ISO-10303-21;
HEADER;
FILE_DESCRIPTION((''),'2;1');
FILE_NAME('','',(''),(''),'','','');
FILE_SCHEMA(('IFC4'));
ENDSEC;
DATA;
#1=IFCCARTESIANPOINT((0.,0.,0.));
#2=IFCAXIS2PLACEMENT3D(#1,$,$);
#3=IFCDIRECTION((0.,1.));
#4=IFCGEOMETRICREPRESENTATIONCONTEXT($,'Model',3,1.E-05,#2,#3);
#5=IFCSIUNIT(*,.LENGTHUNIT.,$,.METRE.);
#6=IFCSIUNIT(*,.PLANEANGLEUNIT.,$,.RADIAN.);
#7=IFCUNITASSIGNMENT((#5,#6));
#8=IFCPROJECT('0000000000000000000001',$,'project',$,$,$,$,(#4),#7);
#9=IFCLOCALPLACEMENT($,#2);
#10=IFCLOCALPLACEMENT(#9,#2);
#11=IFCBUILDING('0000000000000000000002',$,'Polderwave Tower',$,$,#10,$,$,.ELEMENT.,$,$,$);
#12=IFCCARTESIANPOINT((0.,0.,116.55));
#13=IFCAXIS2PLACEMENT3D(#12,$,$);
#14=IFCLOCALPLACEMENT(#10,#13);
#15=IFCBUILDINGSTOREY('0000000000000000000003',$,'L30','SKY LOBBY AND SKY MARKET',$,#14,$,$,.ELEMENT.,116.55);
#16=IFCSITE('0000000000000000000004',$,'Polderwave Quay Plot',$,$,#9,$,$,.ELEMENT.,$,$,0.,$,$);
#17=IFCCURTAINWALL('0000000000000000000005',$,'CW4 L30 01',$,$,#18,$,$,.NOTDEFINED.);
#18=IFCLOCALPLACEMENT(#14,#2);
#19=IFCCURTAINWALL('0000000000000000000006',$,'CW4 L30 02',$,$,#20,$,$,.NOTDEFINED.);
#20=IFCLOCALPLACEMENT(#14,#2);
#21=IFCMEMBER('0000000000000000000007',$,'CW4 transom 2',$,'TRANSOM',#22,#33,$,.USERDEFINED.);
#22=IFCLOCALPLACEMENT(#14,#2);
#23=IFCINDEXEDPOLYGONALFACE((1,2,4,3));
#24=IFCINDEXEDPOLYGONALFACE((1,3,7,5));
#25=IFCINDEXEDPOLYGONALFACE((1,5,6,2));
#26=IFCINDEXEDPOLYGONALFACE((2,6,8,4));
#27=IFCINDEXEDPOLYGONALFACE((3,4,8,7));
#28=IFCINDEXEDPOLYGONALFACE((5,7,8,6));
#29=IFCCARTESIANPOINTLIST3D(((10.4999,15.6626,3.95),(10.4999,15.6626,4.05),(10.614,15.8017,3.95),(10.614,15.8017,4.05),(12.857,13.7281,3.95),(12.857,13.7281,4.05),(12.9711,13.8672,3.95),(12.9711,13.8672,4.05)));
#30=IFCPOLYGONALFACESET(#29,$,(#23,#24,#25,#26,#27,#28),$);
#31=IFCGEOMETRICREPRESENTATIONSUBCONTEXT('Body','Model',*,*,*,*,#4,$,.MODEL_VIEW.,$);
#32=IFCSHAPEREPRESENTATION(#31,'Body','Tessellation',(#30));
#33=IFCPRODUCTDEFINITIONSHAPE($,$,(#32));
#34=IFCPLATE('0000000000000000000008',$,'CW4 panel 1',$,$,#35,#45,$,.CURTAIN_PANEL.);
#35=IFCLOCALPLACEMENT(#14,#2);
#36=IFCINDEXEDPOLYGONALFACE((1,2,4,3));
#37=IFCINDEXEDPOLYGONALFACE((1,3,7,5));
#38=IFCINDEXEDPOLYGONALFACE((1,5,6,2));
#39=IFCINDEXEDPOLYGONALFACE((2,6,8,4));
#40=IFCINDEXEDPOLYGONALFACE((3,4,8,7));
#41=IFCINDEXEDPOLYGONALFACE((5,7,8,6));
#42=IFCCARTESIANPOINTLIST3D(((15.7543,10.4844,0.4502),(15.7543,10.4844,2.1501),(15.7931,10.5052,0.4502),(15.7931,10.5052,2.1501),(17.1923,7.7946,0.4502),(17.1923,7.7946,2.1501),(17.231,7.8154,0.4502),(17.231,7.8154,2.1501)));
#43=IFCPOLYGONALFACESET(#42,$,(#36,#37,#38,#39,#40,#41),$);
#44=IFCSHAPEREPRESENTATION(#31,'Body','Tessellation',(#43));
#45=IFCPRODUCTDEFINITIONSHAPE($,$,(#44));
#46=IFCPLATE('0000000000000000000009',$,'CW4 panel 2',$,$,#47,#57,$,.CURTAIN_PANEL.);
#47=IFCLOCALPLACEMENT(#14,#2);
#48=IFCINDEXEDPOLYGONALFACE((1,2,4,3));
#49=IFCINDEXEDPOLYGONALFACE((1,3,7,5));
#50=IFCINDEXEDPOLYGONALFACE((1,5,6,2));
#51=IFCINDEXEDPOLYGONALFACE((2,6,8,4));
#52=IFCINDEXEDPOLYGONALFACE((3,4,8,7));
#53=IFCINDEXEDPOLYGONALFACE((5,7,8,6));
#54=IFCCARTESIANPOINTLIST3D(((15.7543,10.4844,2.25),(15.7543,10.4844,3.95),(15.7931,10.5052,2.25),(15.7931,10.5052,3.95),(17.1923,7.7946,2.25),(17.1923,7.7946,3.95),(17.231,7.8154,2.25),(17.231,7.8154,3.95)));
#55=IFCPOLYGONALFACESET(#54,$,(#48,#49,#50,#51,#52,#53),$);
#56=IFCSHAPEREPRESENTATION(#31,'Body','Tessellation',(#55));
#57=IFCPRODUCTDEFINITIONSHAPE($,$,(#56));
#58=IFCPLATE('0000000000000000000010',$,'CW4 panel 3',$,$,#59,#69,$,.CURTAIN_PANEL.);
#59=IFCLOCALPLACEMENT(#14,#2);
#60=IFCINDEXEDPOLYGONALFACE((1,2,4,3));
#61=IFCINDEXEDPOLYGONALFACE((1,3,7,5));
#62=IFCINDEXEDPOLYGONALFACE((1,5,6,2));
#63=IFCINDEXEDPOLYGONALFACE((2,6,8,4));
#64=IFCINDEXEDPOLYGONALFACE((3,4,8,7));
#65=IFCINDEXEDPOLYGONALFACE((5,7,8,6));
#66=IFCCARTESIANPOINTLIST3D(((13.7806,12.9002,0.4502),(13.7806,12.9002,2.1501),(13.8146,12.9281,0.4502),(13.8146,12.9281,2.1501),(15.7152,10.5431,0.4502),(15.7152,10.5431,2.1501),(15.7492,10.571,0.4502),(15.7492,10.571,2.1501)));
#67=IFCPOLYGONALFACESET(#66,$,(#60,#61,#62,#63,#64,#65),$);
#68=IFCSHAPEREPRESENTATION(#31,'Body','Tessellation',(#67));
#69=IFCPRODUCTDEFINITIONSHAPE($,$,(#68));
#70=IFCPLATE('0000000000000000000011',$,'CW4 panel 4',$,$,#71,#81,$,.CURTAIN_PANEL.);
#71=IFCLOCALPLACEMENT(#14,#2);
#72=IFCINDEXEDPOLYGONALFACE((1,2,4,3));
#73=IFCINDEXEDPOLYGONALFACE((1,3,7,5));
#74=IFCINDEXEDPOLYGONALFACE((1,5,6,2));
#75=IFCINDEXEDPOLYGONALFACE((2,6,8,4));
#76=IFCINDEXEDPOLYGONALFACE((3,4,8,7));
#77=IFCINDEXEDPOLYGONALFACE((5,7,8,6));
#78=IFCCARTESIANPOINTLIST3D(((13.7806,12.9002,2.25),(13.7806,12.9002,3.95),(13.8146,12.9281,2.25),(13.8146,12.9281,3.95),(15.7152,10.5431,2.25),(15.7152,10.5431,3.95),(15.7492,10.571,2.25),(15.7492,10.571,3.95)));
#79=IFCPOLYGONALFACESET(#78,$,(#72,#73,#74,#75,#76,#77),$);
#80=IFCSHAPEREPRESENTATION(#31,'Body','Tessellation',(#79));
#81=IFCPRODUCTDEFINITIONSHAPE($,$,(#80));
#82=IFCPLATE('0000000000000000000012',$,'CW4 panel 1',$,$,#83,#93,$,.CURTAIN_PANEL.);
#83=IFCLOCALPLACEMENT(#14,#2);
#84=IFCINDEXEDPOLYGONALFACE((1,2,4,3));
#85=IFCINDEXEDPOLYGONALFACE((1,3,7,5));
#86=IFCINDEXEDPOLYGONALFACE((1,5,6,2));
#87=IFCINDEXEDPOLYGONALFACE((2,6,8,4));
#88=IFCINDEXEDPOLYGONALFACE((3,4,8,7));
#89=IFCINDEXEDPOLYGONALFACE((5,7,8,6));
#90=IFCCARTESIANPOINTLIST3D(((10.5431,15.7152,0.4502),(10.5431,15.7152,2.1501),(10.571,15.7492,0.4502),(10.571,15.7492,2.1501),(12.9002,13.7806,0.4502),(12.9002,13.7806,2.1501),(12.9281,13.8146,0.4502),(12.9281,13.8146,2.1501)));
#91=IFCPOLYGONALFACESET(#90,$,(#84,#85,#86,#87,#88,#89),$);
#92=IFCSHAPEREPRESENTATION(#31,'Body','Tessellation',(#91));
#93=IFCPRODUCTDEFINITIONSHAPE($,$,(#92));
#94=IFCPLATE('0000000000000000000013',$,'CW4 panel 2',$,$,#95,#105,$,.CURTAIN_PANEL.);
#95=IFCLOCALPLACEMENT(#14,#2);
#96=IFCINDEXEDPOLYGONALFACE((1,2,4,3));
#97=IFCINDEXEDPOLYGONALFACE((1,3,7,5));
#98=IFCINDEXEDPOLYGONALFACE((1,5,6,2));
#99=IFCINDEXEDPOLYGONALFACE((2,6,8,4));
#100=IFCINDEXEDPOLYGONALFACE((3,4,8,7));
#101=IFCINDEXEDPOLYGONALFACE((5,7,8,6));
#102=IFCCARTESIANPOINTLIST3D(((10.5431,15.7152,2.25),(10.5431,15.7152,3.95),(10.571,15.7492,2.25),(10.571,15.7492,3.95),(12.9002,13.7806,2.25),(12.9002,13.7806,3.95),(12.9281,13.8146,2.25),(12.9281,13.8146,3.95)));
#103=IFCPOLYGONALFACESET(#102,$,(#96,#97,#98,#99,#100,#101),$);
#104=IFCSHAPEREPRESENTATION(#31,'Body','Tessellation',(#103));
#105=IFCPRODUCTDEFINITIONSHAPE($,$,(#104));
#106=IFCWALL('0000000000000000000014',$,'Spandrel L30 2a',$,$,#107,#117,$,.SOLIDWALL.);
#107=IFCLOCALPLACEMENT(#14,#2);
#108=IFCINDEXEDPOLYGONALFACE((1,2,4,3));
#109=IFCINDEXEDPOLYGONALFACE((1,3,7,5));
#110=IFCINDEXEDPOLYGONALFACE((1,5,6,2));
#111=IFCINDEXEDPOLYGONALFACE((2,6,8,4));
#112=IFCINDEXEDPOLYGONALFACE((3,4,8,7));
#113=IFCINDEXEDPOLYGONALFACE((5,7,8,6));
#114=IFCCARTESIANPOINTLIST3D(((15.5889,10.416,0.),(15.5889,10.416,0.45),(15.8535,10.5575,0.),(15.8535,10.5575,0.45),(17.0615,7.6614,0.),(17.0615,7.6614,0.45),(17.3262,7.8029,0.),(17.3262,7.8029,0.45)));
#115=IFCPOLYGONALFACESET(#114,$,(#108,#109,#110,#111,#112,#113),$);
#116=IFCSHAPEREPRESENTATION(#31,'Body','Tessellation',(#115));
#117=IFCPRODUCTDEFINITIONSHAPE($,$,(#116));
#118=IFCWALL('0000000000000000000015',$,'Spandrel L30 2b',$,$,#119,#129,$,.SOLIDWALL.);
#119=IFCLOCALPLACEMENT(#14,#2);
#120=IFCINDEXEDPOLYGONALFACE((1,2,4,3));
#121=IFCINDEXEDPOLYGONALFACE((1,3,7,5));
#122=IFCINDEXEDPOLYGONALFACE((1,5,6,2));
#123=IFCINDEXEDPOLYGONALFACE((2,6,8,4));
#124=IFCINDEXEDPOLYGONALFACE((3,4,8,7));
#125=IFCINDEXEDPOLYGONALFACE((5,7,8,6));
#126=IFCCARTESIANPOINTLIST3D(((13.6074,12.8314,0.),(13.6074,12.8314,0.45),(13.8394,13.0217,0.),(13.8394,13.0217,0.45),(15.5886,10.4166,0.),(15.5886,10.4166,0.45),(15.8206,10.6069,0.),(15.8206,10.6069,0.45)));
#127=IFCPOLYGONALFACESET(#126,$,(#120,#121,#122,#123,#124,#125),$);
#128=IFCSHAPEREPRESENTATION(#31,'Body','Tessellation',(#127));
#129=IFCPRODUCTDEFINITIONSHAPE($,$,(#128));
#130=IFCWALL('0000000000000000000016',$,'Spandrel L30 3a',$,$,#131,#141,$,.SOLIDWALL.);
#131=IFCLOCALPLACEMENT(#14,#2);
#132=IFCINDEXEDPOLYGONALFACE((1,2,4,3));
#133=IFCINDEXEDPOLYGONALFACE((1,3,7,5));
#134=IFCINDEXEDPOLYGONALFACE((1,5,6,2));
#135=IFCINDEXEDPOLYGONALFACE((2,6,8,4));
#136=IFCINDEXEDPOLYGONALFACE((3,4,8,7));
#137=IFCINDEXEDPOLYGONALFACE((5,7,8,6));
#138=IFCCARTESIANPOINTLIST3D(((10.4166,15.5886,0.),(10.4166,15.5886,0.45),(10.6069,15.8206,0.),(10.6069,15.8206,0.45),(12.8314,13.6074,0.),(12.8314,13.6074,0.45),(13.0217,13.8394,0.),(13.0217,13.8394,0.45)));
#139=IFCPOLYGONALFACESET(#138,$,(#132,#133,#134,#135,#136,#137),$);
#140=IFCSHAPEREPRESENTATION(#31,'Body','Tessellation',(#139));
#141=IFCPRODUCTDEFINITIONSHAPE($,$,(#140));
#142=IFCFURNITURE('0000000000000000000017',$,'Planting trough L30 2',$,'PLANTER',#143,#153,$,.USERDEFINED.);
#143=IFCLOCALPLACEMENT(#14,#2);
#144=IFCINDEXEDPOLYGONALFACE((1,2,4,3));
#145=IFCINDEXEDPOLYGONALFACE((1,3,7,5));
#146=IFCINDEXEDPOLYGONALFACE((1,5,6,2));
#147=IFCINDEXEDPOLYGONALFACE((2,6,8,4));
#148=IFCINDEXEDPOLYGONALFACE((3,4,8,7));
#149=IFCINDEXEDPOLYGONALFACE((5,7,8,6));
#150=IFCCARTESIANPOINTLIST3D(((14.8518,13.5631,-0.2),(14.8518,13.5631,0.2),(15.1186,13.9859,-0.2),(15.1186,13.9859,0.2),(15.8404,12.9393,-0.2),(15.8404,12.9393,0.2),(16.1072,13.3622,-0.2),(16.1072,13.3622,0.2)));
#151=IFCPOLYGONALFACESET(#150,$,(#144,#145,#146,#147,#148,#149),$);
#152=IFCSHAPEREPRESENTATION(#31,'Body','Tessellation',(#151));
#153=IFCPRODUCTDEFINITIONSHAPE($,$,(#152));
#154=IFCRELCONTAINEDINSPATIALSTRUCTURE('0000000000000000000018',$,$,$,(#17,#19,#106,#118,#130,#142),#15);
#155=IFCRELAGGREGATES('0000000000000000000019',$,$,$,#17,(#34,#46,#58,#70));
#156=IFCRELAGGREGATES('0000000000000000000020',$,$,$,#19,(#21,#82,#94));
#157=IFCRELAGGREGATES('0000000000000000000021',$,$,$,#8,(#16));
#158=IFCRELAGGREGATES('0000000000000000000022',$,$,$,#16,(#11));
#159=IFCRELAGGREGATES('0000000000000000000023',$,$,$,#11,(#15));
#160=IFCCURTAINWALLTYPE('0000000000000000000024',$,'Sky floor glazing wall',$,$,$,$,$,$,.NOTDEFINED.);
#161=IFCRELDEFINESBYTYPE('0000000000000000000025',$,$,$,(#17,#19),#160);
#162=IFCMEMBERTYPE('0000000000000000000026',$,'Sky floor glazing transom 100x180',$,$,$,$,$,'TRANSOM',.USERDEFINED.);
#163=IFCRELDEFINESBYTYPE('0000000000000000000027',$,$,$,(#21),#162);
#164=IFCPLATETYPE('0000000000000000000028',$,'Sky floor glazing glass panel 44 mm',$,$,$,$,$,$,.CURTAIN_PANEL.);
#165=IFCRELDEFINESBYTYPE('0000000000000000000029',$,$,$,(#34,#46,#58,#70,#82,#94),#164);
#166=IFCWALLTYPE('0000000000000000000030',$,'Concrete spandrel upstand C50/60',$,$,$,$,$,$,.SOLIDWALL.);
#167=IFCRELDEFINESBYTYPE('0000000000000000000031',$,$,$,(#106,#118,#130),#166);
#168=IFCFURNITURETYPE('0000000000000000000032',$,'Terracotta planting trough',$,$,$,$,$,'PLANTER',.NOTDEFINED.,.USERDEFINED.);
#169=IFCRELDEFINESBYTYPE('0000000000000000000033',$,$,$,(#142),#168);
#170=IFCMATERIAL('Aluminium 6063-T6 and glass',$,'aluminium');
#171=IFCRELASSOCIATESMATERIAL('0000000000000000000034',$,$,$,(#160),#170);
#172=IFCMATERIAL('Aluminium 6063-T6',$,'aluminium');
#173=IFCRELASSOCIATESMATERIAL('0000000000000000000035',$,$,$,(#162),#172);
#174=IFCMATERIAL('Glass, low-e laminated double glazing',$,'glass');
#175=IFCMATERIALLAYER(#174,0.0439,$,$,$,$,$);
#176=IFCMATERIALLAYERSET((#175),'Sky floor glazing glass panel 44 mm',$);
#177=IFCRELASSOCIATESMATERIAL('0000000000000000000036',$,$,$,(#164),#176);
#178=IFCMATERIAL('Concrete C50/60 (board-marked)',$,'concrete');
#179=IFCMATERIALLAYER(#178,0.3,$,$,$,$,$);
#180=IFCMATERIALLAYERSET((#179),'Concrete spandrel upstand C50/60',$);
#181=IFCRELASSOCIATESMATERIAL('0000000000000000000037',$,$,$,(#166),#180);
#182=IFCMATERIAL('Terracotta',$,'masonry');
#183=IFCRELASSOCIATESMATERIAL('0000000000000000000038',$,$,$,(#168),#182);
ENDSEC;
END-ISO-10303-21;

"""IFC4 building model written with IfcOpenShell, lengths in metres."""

from ifc_helpers import new_model, si_unit, direction, frame, frame_2d, origin, origin_2d, place, context, subcontext, project, spatial, rectangle, extrude, material, layer, layer_set, material_profile, profile_set, type_object, element, aggregate, save


model = new_model("IFC4")

# Units and contexts
model_context = context("Model", 3, precision=1e-05, world=origin(), true_north=direction((0.0, 1.0)))
body_context = subcontext(model_context, "Body", "Model", "MODEL_VIEW")
ifc_project = project(units=[si_unit("LENGTHUNIT", "METRE"), si_unit("PLANEANGLEUNIT", "RADIAN")], contexts=[model_context])

# Site, building, storey
site_placement = place(None, origin())
site = spatial("IfcSite", under=ifc_project, at=site_placement, Name="Polderwave Quay Plot", CompositionType="ELEMENT", RefElevation=0.0)
building_placement = place(site_placement, origin())
building = spatial("IfcBuilding", under=site, at=building_placement, Name="Polderwave Tower", CompositionType="ELEMENT")
storey_placement = place(building_placement, frame((0.0, 0.0, 116.55)))
storey = spatial("IfcBuildingStorey", under=building, at=storey_placement, Name="L30", Description="SKY LOBBY AND SKY MARKET", CompositionType="ELEMENT", Elevation=116.55)

# Curtain walls
ifc_material_1 = material(Name="Aluminium 6063-T6 and glass", Category="aluminium")
curtain_wall_type = type_object("IfcCurtainWallType", Name="Sky floor glazing wall", PredefinedType="NOTDEFINED", material=ifc_material_1)
curtain_wall_1_placement = place(storey_placement, origin())
curtain_wall_1 = element("IfcCurtainWall", 1, at=curtain_wall_1_placement, inside=storey, type_object=curtain_wall_type, Name="CW4 L30 01", PredefinedType="NOTDEFINED")
ifc_material_2 = material(Name="Aluminium 6063-T6", Category="aluminium")
curtain_wall_2_placement = place(storey_placement, origin())
curtain_wall_2 = element("IfcCurtainWall", 2, at=curtain_wall_2_placement, inside=storey, type_object=curtain_wall_type, Name="CW4 L30 02", PredefinedType="NOTDEFINED")

# Member
ifc_material_profile_1 = material_profile(ifc_material_2, rectangle(XDim=0.1799, YDim=0.1001, at=origin_2d()), Name="AL 100x180")
ifc_profile_set_1 = profile_set([ifc_material_profile_1], Name="Aluminium 6063-T6")
member_type_1 = type_object("IfcMemberType", Name="Sky floor glazing transom 100x180", ElementType="TRANSOM", PredefinedType="USERDEFINED", material=ifc_profile_set_1)
member_1_placement = place(storey_placement, frame((12.9141, 13.7976, 4.0), z_axis=(-0.772997, 0.63441, 0.0), x_axis=(-0.63441, -0.772997, 0.0)))
member_1 = element("IfcMember", 3, at=member_1_placement, type_object=member_type_1, Name="CW4 transom 2", ObjectType="TRANSOM", PredefinedType="USERDEFINED", context=body_context, shape_type="SweptSolid", body=[
    extrude(rectangle(XDim=0.1799, YDim=0.1001, at=origin_2d()), origin(), (0.0, 0.0, 1.0), 3.0493),
])

# Plates
ifc_material_3 = material(Name="Glass, low-e laminated double glazing", Category="glass")
ifc_layer_1 = layer(ifc_material_3, 0.0439)
ifc_layer_set_1 = layer_set([ifc_layer_1], Name="Sky floor glazing glass panel 44 mm")
plate_type = type_object("IfcPlateType", Name="Sky floor glazing glass panel 44 mm", PredefinedType="CURTAIN_PANEL", material=ifc_layer_set_1)
plate_1_placement = place(storey_placement, frame((16.4927, 9.1499, 0.4502), z_axis=(0.0, 0.0, 1.0), x_axis=(-0.471458, 0.881888, 0.0)))
plate_1 = element("IfcPlate", 4, at=plate_1_placement, type_object=plate_type, Name="CW4 panel 1", PredefinedType="CURTAIN_PANEL", context=body_context, shape_type="SweptSolid", body=[
    extrude(rectangle(XDim=3.05, YDim=0.0439, at=origin_2d()), origin(), (0.0, 0.0, 1.0), 1.7),
])
plate_2_placement = place(storey_placement, frame((16.4927, 9.1499, 2.25), z_axis=(0.0, 0.0, 1.0), x_axis=(-0.471458, 0.881888, 0.0)))
plate_2 = element("IfcPlate", 5, at=plate_2_placement, type_object=plate_type, Name="CW4 panel 2", PredefinedType="CURTAIN_PANEL", context=body_context, shape_type="SweptSolid", body=[
    extrude(rectangle(XDim=3.05, YDim=0.0439, at=origin_2d()), origin(), (0.0, 0.0, 1.0), 1.7),
])
plate_3_placement = place(storey_placement, frame((14.7649, 11.7356, 0.4502), z_axis=(0.0, 0.0, 1.0), x_axis=(-0.634443, 0.772969, 0.0)))
plate_3 = element("IfcPlate", 6, at=plate_3_placement, type_object=plate_type, Name="CW4 panel 3", PredefinedType="CURTAIN_PANEL", context=body_context, shape_type="SweptSolid", body=[
    extrude(rectangle(XDim=3.0493, YDim=0.0439, at=origin_2d()), origin(), (0.0, 0.0, 1.0), 1.7),
])
plate_4_placement = place(storey_placement, frame((14.7649, 11.7356, 2.25), z_axis=(0.0, 0.0, 1.0), x_axis=(-0.634443, 0.772969, 0.0)))
plate_4 = element("IfcPlate", 7, at=plate_4_placement, type_object=plate_type, Name="CW4 panel 4", PredefinedType="CURTAIN_PANEL", context=body_context, shape_type="SweptSolid", body=[
    extrude(rectangle(XDim=3.0493, YDim=0.0439, at=origin_2d()), origin(), (0.0, 0.0, 1.0), 1.7),
])
aggregate(curtain_wall_1, [plate_1, plate_2, plate_3, plate_4])
plate_5_placement = place(storey_placement, frame((11.7356, 14.7649, 0.4502), z_axis=(0.0, 0.0, 1.0), x_axis=(-0.772969, 0.634443, 0.0)))
plate_5 = element("IfcPlate", 8, at=plate_5_placement, type_object=plate_type, Name="CW4 panel 1", PredefinedType="CURTAIN_PANEL", context=body_context, shape_type="SweptSolid", body=[
    extrude(rectangle(XDim=3.0493, YDim=0.0439, at=origin_2d()), origin(), (0.0, 0.0, 1.0), 1.7),
])
plate_6_placement = place(storey_placement, frame((11.7356, 14.7649, 2.25), z_axis=(0.0, 0.0, 1.0), x_axis=(-0.772969, 0.634443, 0.0)))
plate_6 = element("IfcPlate", 9, at=plate_6_placement, type_object=plate_type, Name="CW4 panel 2", PredefinedType="CURTAIN_PANEL", context=body_context, shape_type="SweptSolid", body=[
    extrude(rectangle(XDim=3.0493, YDim=0.0439, at=origin_2d()), origin(), (0.0, 0.0, 1.0), 1.7),
])
aggregate(curtain_wall_2, [member_1, plate_5, plate_6])

# Walls
ifc_material_4 = material(Name="Concrete C50/60 (board-marked)", Category="concrete")
ifc_layer_2 = layer(ifc_material_4, 0.3)
ifc_layer_set_2 = layer_set([ifc_layer_2], Name="Concrete spandrel upstand C50/60")
wall_type = type_object("IfcWallType", Name="Concrete spandrel upstand C50/60", PredefinedType="SOLIDWALL", material=ifc_layer_set_2)
for number, where, z_axis, x_axis, name in (
    (10, (17.1938, 7.7322, 0.0), (0.0, 0.0, 1.0), (-0.471464, 0.881885, 0.0), "Spandrel L30 2a"),
    (11, (15.7046, 10.5117, 0.0), (0.0, 0.0, 1.0), (-0.634284, 0.7731, 0.0), "Spandrel L30 2b"),
    (12, (12.9265, 13.7234, 0.0), (0.0, 0.0, 1.0), (-0.7731, 0.634284, 0.0), "Spandrel L30 3a"),
):
    element("IfcWall", number, at=place(storey_placement, frame(where, z_axis=z_axis, x_axis=x_axis)), inside=storey, type_object=wall_type, Name=name, PredefinedType="SOLIDWALL", context=body_context, shape_type="SweptSolid", body=[
        extrude(rectangle(XDim=3.1235, YDim=0.3, at=frame_2d((1.5618, 0.0))), origin(), (0.0, 0.0, 1.0), 0.45),
    ])

# Furniture
ifc_material_5 = material(Name="Terracotta", Category="masonry")
furniture_type = type_object("IfcFurnitureType", Name="Terracotta planting trough", ElementType="PLANTER", AssemblyPlace="NOTDEFINED", PredefinedType="USERDEFINED", material=ifc_material_5)
furniture_placement = place(storey_placement, frame((15.4795, 13.4626, -0.2), z_axis=(0.0, 0.0, 1.0), x_axis=(-0.845746, 0.533586, 0.0)))
element("IfcFurniture", 13, at=furniture_placement, inside=storey, type_object=furniture_type, Name="Planting trough L30 2", ObjectType="PLANTER", PredefinedType="USERDEFINED", context=body_context, shape_type="SweptSolid", body=[
    extrude(rectangle(XDim=1.1689, YDim=0.5, at=origin_2d()), origin(), (0.0, 0.0, 1.0), 0.3999),
])

save(model, "model.ifc")
